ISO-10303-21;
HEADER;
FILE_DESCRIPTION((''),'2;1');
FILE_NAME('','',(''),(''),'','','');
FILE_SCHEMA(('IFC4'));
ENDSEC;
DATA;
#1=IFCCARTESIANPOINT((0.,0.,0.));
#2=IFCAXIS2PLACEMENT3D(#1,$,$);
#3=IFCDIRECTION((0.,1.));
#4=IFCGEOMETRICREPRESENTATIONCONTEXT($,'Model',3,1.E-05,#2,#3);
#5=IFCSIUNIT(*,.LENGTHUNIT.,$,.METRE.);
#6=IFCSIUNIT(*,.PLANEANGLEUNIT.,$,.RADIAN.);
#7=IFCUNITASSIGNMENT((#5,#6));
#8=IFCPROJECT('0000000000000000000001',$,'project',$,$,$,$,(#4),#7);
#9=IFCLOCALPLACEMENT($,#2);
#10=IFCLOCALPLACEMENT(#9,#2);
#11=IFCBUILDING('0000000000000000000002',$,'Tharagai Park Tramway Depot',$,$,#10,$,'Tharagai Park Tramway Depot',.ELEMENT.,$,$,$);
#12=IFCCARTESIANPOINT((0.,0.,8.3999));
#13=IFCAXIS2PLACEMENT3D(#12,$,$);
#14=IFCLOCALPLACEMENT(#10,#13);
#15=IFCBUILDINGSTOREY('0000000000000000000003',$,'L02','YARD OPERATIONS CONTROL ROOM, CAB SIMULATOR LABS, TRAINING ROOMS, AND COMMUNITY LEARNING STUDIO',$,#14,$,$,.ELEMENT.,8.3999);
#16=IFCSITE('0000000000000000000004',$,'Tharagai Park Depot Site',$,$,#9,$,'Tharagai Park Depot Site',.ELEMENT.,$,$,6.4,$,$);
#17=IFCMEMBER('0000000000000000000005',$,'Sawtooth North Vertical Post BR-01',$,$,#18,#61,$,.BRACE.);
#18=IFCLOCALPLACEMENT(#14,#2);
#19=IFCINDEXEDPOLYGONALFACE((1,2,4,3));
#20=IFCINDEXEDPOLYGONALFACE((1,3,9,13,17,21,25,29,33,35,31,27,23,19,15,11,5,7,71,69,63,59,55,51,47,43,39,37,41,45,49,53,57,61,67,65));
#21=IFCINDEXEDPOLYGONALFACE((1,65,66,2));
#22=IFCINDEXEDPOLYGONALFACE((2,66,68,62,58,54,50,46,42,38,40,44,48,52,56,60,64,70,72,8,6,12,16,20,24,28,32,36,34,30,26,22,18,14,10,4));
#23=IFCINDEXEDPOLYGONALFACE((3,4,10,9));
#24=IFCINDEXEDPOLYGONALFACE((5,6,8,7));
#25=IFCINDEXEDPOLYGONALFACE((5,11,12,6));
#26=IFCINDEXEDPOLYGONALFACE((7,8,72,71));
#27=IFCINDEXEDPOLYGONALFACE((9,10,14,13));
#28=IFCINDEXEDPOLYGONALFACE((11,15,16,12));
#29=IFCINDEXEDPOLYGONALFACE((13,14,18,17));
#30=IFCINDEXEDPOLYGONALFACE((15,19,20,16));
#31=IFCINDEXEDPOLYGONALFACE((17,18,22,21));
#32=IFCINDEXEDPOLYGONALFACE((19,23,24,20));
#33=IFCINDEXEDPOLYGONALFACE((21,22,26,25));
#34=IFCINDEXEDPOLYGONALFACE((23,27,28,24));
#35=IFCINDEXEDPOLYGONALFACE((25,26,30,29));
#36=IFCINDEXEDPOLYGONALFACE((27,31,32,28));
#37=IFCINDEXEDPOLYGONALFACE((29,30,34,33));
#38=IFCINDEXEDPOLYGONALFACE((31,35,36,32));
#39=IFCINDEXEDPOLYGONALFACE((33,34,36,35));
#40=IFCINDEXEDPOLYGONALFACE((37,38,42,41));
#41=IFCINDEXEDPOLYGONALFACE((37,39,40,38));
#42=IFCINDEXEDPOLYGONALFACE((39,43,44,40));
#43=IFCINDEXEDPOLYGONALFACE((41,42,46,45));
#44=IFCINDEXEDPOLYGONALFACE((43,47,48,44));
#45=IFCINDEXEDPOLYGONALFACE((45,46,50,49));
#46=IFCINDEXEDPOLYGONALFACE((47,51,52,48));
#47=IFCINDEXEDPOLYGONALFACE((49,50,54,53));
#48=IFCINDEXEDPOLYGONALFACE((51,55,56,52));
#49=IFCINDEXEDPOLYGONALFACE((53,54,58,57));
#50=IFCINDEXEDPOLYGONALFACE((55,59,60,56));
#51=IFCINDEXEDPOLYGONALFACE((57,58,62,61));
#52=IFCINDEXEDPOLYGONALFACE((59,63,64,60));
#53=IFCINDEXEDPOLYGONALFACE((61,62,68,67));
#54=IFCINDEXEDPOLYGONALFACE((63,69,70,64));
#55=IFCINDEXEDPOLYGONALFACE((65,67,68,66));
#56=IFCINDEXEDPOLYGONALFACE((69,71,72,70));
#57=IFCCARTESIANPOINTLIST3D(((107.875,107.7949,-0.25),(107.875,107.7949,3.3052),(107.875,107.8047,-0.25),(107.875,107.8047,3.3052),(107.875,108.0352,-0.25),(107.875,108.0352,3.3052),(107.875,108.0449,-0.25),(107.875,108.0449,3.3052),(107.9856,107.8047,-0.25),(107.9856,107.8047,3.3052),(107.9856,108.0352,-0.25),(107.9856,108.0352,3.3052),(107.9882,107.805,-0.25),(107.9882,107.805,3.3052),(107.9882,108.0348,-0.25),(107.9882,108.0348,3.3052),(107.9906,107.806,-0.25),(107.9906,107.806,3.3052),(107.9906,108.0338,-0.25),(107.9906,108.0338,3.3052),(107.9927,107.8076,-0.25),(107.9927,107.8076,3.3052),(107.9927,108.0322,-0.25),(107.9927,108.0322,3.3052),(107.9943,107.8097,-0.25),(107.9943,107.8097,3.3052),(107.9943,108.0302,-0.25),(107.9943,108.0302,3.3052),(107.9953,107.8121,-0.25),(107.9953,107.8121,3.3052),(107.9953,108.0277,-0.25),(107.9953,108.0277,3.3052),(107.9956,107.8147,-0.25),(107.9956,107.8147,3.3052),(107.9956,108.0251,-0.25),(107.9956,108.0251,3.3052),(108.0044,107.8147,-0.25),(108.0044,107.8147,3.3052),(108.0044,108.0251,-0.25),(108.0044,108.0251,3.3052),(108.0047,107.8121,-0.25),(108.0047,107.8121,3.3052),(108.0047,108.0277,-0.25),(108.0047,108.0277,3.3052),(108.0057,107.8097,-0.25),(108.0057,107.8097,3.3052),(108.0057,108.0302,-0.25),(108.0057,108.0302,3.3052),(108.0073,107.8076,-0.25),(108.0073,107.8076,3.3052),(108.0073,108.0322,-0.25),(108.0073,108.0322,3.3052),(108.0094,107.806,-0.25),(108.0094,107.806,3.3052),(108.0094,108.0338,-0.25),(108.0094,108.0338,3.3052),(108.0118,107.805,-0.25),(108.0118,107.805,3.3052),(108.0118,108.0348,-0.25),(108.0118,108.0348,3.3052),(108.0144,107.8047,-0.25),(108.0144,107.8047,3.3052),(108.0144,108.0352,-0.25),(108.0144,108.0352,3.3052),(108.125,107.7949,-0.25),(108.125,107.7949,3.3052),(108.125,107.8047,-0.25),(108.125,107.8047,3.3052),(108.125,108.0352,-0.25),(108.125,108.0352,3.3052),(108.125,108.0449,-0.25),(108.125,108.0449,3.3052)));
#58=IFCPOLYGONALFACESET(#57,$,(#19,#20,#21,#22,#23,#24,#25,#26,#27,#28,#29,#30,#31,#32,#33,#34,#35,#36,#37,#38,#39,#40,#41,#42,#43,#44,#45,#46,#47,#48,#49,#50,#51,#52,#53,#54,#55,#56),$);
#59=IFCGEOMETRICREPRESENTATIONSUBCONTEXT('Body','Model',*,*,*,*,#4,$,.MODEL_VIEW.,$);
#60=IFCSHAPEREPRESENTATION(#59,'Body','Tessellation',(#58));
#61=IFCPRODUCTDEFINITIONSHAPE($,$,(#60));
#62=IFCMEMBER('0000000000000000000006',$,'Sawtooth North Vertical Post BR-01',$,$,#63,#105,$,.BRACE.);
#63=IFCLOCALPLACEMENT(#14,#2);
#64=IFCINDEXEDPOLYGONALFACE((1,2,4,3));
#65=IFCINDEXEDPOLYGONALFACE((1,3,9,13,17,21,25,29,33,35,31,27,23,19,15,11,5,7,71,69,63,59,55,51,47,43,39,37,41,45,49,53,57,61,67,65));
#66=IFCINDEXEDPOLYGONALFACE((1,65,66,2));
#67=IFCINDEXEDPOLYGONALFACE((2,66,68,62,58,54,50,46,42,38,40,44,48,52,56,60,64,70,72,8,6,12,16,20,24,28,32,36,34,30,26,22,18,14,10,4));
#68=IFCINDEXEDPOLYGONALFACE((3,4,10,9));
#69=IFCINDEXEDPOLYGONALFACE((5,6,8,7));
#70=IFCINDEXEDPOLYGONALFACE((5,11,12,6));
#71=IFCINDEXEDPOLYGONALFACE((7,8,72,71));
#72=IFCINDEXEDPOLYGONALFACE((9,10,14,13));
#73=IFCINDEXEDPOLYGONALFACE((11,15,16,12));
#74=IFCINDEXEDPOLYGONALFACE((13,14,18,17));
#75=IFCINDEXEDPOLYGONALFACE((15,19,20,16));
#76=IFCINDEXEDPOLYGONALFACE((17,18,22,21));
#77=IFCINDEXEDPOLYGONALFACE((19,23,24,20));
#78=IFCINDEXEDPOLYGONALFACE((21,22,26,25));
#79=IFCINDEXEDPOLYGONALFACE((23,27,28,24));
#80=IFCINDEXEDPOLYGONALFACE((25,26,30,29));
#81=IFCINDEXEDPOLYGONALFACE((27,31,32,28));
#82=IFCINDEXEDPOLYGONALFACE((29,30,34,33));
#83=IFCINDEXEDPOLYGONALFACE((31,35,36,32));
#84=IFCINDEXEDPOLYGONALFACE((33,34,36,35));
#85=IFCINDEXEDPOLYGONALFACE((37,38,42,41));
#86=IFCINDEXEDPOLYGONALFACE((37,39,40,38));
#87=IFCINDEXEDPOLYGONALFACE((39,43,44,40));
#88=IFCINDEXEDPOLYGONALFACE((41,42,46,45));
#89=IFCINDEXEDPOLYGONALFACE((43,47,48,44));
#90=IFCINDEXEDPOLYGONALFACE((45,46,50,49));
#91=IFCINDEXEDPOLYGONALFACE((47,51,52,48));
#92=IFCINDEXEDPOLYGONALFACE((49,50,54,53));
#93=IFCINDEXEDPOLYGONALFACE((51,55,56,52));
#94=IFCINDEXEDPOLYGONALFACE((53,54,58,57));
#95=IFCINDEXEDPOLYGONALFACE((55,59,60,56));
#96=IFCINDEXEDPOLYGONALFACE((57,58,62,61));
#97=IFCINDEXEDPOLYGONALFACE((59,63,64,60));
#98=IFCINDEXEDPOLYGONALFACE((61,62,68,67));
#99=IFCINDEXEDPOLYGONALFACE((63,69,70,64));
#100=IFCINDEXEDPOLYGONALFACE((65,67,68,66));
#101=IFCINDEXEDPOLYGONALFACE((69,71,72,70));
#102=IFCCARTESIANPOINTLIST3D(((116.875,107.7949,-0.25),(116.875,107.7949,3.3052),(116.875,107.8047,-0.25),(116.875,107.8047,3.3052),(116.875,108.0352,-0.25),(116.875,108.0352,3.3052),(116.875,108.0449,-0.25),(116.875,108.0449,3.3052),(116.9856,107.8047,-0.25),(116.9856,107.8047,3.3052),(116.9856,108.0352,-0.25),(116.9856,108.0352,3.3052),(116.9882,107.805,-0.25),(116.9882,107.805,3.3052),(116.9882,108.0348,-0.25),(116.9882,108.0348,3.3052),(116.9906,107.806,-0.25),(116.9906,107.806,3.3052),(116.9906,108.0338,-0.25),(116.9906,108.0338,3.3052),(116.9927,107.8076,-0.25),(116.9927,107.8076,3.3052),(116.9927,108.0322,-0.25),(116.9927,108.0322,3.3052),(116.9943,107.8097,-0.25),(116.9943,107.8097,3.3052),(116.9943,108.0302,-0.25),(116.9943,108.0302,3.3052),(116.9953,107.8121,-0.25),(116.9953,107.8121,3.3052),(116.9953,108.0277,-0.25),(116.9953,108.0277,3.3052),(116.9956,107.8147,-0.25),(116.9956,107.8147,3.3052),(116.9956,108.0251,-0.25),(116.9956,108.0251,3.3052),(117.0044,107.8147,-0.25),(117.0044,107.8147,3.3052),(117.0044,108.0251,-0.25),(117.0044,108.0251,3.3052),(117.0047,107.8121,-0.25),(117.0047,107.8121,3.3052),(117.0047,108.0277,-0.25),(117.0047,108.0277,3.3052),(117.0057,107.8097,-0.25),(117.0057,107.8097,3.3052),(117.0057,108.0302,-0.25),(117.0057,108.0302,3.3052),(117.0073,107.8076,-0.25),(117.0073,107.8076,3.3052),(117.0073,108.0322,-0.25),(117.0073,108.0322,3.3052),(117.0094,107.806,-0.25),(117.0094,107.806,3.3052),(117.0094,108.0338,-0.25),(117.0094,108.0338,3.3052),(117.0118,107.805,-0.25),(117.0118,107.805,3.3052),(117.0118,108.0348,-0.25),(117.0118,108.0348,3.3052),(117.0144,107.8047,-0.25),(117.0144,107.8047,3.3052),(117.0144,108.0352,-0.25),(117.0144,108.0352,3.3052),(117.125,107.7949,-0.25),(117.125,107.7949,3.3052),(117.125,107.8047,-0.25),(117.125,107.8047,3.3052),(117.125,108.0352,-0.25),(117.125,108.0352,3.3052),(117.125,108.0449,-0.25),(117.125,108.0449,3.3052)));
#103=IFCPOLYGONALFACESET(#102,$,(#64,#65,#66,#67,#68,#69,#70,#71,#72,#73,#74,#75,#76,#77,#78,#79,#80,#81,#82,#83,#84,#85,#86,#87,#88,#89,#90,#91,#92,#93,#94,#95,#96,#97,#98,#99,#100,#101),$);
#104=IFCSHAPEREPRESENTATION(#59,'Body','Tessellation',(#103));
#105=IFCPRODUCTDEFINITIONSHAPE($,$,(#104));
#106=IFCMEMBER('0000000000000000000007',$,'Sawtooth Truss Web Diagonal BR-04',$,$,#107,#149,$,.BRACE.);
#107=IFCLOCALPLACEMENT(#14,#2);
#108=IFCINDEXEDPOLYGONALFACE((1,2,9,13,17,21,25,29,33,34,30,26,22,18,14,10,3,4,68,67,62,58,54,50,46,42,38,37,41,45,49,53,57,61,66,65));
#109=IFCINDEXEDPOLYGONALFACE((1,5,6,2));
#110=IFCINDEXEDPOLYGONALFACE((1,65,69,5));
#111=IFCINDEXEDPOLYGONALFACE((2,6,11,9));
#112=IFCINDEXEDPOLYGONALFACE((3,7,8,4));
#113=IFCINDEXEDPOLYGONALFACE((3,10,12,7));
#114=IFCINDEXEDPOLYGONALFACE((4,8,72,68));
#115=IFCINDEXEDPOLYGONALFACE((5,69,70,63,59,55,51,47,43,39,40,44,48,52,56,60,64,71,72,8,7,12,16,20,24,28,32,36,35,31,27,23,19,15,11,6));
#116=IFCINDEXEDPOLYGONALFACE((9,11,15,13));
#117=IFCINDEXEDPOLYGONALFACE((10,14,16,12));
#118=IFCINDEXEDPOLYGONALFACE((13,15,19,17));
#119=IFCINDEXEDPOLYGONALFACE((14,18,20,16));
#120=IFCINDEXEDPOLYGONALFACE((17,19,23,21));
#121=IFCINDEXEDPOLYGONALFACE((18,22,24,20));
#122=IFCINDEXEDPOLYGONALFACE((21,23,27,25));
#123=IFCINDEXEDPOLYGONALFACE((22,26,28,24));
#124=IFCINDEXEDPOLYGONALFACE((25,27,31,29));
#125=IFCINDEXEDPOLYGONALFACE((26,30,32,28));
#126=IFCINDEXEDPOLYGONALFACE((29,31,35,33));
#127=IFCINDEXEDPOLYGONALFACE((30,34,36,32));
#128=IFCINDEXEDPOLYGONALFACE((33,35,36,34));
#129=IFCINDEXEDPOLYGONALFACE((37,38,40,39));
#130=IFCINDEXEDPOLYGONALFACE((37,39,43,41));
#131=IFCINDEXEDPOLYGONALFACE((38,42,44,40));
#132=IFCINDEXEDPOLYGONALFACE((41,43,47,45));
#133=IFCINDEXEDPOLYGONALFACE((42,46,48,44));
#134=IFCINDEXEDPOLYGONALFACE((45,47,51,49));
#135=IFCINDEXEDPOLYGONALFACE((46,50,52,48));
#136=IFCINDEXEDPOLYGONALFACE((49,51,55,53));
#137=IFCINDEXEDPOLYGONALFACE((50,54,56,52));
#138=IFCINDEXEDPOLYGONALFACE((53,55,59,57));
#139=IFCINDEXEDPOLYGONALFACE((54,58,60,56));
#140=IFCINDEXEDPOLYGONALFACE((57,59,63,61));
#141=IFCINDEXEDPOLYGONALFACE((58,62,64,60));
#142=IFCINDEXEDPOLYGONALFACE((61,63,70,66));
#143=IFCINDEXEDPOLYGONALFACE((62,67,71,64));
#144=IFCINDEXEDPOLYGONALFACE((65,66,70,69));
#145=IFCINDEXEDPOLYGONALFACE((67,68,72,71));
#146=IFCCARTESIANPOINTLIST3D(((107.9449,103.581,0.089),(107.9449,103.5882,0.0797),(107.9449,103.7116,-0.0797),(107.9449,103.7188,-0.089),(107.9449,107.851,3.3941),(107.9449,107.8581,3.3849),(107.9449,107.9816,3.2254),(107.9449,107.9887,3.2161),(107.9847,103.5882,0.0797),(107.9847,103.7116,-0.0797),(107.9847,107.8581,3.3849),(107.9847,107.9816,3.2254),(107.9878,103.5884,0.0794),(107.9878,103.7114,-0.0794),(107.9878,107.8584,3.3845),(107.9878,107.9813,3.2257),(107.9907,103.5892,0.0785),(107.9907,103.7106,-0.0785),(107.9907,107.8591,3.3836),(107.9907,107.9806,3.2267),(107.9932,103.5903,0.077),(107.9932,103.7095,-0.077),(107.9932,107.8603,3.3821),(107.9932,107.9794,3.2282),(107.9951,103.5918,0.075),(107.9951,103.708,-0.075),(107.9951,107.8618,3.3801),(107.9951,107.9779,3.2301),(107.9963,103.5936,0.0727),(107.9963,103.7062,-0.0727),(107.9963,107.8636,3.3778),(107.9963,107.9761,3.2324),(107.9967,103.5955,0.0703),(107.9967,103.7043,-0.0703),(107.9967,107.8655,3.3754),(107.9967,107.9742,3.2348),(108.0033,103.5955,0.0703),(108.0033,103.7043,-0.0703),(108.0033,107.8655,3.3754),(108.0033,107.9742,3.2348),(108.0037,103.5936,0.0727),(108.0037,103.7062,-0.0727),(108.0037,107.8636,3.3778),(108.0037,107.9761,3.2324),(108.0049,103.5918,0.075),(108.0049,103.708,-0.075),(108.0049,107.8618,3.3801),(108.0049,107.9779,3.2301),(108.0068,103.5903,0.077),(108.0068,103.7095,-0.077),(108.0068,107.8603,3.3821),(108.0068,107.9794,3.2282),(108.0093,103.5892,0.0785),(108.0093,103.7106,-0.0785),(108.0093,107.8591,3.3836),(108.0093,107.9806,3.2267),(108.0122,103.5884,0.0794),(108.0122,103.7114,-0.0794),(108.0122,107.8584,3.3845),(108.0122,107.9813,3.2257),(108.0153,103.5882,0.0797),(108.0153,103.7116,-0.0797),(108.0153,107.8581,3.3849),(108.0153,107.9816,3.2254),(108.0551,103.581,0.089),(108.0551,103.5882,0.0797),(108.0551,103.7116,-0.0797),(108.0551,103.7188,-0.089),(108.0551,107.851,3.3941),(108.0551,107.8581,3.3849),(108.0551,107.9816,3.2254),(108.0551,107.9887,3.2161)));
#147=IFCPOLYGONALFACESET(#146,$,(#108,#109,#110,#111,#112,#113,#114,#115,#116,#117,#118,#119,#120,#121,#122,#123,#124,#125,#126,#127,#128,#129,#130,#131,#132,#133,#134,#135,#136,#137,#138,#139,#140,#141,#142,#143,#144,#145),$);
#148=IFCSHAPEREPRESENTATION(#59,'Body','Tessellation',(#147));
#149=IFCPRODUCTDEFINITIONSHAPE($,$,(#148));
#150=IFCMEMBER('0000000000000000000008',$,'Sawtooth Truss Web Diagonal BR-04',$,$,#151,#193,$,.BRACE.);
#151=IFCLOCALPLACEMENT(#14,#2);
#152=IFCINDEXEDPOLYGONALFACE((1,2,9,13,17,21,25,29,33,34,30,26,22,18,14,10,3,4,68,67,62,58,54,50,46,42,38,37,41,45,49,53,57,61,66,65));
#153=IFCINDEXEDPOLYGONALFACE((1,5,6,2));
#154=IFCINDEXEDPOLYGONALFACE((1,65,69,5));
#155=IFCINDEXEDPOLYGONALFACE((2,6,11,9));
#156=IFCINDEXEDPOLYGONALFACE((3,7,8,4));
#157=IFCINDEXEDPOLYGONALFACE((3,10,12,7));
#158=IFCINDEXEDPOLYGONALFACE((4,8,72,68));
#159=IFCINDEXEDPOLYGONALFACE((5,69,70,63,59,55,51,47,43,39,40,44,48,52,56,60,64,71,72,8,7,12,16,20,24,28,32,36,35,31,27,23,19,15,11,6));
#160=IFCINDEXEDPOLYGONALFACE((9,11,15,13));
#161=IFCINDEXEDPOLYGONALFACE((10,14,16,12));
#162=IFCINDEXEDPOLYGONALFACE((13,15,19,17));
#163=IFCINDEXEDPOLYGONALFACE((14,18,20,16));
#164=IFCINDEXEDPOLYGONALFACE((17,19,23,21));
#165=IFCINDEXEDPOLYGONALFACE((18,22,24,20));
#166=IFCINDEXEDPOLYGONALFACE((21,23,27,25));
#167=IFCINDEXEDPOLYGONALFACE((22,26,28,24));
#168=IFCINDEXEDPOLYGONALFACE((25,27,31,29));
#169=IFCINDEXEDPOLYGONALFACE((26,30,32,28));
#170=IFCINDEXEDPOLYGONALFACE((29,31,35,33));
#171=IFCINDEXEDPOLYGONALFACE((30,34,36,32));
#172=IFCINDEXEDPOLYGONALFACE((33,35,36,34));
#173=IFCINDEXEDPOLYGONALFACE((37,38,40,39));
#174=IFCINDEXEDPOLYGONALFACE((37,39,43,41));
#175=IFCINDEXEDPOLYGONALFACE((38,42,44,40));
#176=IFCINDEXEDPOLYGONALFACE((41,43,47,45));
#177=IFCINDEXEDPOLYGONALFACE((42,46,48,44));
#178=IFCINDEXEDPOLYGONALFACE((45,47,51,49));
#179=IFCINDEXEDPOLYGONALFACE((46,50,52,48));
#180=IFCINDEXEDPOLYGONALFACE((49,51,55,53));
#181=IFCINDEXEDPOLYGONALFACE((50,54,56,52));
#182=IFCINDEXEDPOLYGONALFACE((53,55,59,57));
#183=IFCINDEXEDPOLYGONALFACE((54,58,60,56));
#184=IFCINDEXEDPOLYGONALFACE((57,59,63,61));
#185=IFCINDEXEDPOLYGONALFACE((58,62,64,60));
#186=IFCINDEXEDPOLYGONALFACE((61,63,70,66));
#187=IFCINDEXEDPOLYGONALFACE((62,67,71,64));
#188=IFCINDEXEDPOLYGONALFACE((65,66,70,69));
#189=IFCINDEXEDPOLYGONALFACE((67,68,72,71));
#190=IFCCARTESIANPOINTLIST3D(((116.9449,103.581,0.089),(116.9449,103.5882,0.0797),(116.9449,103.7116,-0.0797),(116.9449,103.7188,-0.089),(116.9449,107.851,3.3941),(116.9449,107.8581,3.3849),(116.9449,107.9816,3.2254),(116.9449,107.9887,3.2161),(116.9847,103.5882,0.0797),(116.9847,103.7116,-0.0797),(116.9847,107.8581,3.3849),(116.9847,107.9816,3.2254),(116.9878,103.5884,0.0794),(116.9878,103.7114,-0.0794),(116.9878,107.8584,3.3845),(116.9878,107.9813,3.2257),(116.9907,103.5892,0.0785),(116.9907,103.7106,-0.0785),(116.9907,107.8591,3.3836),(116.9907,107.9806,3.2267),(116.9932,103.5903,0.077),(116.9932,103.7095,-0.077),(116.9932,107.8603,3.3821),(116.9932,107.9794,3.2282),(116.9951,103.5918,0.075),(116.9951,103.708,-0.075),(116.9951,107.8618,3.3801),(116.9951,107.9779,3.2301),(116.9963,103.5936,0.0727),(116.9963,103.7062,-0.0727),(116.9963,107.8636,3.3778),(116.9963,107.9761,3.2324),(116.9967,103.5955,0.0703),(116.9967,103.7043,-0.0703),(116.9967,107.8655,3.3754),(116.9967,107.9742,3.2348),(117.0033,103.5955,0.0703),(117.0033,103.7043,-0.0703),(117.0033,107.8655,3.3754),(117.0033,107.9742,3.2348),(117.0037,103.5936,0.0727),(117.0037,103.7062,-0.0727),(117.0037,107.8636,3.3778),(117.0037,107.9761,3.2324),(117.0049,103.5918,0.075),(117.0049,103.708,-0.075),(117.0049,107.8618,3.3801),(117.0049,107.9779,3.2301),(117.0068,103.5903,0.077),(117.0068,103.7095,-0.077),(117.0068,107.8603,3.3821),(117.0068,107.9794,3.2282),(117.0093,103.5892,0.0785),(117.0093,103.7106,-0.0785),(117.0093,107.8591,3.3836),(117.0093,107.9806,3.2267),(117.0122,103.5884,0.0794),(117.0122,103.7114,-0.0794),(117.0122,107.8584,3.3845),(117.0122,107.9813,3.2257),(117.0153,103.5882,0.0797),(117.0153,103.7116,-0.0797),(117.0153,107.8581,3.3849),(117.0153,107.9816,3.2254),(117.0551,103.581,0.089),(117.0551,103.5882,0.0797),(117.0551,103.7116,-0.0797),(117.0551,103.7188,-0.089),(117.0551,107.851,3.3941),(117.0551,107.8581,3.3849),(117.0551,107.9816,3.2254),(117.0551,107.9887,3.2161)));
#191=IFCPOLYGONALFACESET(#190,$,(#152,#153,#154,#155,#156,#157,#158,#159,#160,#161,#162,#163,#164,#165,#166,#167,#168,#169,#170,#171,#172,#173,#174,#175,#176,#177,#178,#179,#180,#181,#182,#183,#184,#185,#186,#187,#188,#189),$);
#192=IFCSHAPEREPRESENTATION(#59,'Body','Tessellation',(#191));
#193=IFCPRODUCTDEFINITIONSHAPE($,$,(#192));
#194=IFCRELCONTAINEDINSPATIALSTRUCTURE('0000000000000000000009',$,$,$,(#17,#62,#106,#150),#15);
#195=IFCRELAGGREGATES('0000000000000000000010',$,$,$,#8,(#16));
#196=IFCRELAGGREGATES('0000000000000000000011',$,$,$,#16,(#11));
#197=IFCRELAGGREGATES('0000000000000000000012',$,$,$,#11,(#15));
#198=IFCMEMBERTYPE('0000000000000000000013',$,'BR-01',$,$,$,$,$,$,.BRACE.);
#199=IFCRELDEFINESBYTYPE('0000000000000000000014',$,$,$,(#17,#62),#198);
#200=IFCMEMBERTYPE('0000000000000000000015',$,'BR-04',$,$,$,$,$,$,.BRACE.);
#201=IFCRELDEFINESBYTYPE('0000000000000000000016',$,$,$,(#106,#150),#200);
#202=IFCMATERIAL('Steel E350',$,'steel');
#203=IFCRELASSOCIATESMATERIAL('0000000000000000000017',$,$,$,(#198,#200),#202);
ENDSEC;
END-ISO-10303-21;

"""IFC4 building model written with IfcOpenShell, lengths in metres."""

from ifc_helpers import new_model, si_unit, direction, frame, origin, origin_2d, place, context, subcontext, project, spatial, i_section, extrude, material, material_profile, profile_set, type_object, element, save


model = new_model("IFC4")

# Units and contexts
model_context = context("Model", 3, precision=1e-05, world=origin(), true_north=direction((0.0, 1.0)))
body_context = subcontext(model_context, "Body", "Model", "MODEL_VIEW")
ifc_project = project(units=[si_unit("LENGTHUNIT", "METRE"), si_unit("PLANEANGLEUNIT", "RADIAN")], contexts=[model_context])

# Site, building, storey
site_placement = place(None, origin())
site = spatial("IfcSite", under=ifc_project, at=site_placement, Name="Tharagai Park Depot Site", LongName="Tharagai Park Depot Site", CompositionType="ELEMENT", RefElevation=6.4)
building_placement = place(site_placement, origin())
building = spatial("IfcBuilding", under=site, at=building_placement, Name="Tharagai Park Tramway Depot", LongName="Tharagai Park Tramway Depot", CompositionType="ELEMENT")
storey_placement = place(building_placement, frame((0.0, 0.0, 8.3999)))
storey = spatial("IfcBuildingStorey", under=building, at=storey_placement, Name="L02", Description="YARD OPERATIONS CONTROL ROOM, CAB SIMULATOR LABS, TRAINING ROOMS, AND COMMUNITY LEARNING STUDIO", CompositionType="ELEMENT", Elevation=8.3999)

# Members
ifc_material_1 = material(Name="Steel E350", Category="steel")
ifc_material_profile_1 = material_profile(ifc_material_1, i_section(OverallWidth=0.25, OverallDepth=0.25, WebThickness=0.0088, FlangeThickness=0.0098, FilletRadius=0.01, at=origin_2d()), Name="ISHB 250")
ifc_profile_set_1 = profile_set([ifc_material_profile_1], Name="Steel E350")
member_type_1 = type_object("IfcMemberType", Name="BR-01", PredefinedType="BRACE", material=ifc_profile_set_1)
for number, where, z_axis, x_axis, name in (
    (1, (108.0, 107.9199, -0.25), (0.0, 0.0, 1.0), (1.0, 0.0, 0.0), "Sawtooth North Vertical Post BR-01"),
    (2, (117.0, 107.9199, -0.25), (0.0, 0.0, 1.0), (1.0, 0.0, 0.0), "Sawtooth North Vertical Post BR-01"),
):
    element("IfcMember", number, at=place(storey_placement, frame(where, z_axis=z_axis, x_axis=x_axis)), inside=storey, type_object=member_type_1, Name=name, PredefinedType="BRACE", context=body_context, shape_type="SweptSolid", body=[
        extrude(i_section(OverallWidth=0.25, OverallDepth=0.25, WebThickness=0.0088, FlangeThickness=0.0098, FilletRadius=0.01, at=origin_2d()), origin(), (0.0, 0.0, 1.0), 3.5552),
    ])
ifc_material_profile_2 = material_profile(ifc_material_1, i_section(OverallWidth=0.1101, OverallDepth=0.2251, WebThickness=0.0066, FlangeThickness=0.0117, FilletRadius=0.012, at=origin_2d()), Name="ISMB 225")
ifc_profile_set_2 = profile_set([ifc_material_profile_2], Name="Steel E350")
member_type_2 = type_object("IfcMemberType", Name="BR-04", PredefinedType="BRACE", material=ifc_profile_set_2)
for number, where, z_axis, x_axis, name in (
    (3, (108.0, 103.6499, 0.0), (0.0, 0.790782, 0.612098), (-1.0, 0.0, 0.0), "Sawtooth Truss Web Diagonal BR-04"),
    (4, (117.0, 103.6499, 0.0), (0.0, 0.790782, 0.612098), (-1.0, 0.0, 0.0), "Sawtooth Truss Web Diagonal BR-04"),
):
    element("IfcMember", number, at=place(storey_placement, frame(where, z_axis=z_axis, x_axis=x_axis)), inside=storey, type_object=member_type_2, Name=name, PredefinedType="BRACE", context=body_context, shape_type="SweptSolid", body=[
        extrude(i_section(OverallWidth=0.1101, OverallDepth=0.2251, WebThickness=0.0066, FlangeThickness=0.0117, FilletRadius=0.012, at=origin_2d()), origin(), (0.0, 0.0, 1.0), 5.3997),
    ])

save(model, "model.ifc")
